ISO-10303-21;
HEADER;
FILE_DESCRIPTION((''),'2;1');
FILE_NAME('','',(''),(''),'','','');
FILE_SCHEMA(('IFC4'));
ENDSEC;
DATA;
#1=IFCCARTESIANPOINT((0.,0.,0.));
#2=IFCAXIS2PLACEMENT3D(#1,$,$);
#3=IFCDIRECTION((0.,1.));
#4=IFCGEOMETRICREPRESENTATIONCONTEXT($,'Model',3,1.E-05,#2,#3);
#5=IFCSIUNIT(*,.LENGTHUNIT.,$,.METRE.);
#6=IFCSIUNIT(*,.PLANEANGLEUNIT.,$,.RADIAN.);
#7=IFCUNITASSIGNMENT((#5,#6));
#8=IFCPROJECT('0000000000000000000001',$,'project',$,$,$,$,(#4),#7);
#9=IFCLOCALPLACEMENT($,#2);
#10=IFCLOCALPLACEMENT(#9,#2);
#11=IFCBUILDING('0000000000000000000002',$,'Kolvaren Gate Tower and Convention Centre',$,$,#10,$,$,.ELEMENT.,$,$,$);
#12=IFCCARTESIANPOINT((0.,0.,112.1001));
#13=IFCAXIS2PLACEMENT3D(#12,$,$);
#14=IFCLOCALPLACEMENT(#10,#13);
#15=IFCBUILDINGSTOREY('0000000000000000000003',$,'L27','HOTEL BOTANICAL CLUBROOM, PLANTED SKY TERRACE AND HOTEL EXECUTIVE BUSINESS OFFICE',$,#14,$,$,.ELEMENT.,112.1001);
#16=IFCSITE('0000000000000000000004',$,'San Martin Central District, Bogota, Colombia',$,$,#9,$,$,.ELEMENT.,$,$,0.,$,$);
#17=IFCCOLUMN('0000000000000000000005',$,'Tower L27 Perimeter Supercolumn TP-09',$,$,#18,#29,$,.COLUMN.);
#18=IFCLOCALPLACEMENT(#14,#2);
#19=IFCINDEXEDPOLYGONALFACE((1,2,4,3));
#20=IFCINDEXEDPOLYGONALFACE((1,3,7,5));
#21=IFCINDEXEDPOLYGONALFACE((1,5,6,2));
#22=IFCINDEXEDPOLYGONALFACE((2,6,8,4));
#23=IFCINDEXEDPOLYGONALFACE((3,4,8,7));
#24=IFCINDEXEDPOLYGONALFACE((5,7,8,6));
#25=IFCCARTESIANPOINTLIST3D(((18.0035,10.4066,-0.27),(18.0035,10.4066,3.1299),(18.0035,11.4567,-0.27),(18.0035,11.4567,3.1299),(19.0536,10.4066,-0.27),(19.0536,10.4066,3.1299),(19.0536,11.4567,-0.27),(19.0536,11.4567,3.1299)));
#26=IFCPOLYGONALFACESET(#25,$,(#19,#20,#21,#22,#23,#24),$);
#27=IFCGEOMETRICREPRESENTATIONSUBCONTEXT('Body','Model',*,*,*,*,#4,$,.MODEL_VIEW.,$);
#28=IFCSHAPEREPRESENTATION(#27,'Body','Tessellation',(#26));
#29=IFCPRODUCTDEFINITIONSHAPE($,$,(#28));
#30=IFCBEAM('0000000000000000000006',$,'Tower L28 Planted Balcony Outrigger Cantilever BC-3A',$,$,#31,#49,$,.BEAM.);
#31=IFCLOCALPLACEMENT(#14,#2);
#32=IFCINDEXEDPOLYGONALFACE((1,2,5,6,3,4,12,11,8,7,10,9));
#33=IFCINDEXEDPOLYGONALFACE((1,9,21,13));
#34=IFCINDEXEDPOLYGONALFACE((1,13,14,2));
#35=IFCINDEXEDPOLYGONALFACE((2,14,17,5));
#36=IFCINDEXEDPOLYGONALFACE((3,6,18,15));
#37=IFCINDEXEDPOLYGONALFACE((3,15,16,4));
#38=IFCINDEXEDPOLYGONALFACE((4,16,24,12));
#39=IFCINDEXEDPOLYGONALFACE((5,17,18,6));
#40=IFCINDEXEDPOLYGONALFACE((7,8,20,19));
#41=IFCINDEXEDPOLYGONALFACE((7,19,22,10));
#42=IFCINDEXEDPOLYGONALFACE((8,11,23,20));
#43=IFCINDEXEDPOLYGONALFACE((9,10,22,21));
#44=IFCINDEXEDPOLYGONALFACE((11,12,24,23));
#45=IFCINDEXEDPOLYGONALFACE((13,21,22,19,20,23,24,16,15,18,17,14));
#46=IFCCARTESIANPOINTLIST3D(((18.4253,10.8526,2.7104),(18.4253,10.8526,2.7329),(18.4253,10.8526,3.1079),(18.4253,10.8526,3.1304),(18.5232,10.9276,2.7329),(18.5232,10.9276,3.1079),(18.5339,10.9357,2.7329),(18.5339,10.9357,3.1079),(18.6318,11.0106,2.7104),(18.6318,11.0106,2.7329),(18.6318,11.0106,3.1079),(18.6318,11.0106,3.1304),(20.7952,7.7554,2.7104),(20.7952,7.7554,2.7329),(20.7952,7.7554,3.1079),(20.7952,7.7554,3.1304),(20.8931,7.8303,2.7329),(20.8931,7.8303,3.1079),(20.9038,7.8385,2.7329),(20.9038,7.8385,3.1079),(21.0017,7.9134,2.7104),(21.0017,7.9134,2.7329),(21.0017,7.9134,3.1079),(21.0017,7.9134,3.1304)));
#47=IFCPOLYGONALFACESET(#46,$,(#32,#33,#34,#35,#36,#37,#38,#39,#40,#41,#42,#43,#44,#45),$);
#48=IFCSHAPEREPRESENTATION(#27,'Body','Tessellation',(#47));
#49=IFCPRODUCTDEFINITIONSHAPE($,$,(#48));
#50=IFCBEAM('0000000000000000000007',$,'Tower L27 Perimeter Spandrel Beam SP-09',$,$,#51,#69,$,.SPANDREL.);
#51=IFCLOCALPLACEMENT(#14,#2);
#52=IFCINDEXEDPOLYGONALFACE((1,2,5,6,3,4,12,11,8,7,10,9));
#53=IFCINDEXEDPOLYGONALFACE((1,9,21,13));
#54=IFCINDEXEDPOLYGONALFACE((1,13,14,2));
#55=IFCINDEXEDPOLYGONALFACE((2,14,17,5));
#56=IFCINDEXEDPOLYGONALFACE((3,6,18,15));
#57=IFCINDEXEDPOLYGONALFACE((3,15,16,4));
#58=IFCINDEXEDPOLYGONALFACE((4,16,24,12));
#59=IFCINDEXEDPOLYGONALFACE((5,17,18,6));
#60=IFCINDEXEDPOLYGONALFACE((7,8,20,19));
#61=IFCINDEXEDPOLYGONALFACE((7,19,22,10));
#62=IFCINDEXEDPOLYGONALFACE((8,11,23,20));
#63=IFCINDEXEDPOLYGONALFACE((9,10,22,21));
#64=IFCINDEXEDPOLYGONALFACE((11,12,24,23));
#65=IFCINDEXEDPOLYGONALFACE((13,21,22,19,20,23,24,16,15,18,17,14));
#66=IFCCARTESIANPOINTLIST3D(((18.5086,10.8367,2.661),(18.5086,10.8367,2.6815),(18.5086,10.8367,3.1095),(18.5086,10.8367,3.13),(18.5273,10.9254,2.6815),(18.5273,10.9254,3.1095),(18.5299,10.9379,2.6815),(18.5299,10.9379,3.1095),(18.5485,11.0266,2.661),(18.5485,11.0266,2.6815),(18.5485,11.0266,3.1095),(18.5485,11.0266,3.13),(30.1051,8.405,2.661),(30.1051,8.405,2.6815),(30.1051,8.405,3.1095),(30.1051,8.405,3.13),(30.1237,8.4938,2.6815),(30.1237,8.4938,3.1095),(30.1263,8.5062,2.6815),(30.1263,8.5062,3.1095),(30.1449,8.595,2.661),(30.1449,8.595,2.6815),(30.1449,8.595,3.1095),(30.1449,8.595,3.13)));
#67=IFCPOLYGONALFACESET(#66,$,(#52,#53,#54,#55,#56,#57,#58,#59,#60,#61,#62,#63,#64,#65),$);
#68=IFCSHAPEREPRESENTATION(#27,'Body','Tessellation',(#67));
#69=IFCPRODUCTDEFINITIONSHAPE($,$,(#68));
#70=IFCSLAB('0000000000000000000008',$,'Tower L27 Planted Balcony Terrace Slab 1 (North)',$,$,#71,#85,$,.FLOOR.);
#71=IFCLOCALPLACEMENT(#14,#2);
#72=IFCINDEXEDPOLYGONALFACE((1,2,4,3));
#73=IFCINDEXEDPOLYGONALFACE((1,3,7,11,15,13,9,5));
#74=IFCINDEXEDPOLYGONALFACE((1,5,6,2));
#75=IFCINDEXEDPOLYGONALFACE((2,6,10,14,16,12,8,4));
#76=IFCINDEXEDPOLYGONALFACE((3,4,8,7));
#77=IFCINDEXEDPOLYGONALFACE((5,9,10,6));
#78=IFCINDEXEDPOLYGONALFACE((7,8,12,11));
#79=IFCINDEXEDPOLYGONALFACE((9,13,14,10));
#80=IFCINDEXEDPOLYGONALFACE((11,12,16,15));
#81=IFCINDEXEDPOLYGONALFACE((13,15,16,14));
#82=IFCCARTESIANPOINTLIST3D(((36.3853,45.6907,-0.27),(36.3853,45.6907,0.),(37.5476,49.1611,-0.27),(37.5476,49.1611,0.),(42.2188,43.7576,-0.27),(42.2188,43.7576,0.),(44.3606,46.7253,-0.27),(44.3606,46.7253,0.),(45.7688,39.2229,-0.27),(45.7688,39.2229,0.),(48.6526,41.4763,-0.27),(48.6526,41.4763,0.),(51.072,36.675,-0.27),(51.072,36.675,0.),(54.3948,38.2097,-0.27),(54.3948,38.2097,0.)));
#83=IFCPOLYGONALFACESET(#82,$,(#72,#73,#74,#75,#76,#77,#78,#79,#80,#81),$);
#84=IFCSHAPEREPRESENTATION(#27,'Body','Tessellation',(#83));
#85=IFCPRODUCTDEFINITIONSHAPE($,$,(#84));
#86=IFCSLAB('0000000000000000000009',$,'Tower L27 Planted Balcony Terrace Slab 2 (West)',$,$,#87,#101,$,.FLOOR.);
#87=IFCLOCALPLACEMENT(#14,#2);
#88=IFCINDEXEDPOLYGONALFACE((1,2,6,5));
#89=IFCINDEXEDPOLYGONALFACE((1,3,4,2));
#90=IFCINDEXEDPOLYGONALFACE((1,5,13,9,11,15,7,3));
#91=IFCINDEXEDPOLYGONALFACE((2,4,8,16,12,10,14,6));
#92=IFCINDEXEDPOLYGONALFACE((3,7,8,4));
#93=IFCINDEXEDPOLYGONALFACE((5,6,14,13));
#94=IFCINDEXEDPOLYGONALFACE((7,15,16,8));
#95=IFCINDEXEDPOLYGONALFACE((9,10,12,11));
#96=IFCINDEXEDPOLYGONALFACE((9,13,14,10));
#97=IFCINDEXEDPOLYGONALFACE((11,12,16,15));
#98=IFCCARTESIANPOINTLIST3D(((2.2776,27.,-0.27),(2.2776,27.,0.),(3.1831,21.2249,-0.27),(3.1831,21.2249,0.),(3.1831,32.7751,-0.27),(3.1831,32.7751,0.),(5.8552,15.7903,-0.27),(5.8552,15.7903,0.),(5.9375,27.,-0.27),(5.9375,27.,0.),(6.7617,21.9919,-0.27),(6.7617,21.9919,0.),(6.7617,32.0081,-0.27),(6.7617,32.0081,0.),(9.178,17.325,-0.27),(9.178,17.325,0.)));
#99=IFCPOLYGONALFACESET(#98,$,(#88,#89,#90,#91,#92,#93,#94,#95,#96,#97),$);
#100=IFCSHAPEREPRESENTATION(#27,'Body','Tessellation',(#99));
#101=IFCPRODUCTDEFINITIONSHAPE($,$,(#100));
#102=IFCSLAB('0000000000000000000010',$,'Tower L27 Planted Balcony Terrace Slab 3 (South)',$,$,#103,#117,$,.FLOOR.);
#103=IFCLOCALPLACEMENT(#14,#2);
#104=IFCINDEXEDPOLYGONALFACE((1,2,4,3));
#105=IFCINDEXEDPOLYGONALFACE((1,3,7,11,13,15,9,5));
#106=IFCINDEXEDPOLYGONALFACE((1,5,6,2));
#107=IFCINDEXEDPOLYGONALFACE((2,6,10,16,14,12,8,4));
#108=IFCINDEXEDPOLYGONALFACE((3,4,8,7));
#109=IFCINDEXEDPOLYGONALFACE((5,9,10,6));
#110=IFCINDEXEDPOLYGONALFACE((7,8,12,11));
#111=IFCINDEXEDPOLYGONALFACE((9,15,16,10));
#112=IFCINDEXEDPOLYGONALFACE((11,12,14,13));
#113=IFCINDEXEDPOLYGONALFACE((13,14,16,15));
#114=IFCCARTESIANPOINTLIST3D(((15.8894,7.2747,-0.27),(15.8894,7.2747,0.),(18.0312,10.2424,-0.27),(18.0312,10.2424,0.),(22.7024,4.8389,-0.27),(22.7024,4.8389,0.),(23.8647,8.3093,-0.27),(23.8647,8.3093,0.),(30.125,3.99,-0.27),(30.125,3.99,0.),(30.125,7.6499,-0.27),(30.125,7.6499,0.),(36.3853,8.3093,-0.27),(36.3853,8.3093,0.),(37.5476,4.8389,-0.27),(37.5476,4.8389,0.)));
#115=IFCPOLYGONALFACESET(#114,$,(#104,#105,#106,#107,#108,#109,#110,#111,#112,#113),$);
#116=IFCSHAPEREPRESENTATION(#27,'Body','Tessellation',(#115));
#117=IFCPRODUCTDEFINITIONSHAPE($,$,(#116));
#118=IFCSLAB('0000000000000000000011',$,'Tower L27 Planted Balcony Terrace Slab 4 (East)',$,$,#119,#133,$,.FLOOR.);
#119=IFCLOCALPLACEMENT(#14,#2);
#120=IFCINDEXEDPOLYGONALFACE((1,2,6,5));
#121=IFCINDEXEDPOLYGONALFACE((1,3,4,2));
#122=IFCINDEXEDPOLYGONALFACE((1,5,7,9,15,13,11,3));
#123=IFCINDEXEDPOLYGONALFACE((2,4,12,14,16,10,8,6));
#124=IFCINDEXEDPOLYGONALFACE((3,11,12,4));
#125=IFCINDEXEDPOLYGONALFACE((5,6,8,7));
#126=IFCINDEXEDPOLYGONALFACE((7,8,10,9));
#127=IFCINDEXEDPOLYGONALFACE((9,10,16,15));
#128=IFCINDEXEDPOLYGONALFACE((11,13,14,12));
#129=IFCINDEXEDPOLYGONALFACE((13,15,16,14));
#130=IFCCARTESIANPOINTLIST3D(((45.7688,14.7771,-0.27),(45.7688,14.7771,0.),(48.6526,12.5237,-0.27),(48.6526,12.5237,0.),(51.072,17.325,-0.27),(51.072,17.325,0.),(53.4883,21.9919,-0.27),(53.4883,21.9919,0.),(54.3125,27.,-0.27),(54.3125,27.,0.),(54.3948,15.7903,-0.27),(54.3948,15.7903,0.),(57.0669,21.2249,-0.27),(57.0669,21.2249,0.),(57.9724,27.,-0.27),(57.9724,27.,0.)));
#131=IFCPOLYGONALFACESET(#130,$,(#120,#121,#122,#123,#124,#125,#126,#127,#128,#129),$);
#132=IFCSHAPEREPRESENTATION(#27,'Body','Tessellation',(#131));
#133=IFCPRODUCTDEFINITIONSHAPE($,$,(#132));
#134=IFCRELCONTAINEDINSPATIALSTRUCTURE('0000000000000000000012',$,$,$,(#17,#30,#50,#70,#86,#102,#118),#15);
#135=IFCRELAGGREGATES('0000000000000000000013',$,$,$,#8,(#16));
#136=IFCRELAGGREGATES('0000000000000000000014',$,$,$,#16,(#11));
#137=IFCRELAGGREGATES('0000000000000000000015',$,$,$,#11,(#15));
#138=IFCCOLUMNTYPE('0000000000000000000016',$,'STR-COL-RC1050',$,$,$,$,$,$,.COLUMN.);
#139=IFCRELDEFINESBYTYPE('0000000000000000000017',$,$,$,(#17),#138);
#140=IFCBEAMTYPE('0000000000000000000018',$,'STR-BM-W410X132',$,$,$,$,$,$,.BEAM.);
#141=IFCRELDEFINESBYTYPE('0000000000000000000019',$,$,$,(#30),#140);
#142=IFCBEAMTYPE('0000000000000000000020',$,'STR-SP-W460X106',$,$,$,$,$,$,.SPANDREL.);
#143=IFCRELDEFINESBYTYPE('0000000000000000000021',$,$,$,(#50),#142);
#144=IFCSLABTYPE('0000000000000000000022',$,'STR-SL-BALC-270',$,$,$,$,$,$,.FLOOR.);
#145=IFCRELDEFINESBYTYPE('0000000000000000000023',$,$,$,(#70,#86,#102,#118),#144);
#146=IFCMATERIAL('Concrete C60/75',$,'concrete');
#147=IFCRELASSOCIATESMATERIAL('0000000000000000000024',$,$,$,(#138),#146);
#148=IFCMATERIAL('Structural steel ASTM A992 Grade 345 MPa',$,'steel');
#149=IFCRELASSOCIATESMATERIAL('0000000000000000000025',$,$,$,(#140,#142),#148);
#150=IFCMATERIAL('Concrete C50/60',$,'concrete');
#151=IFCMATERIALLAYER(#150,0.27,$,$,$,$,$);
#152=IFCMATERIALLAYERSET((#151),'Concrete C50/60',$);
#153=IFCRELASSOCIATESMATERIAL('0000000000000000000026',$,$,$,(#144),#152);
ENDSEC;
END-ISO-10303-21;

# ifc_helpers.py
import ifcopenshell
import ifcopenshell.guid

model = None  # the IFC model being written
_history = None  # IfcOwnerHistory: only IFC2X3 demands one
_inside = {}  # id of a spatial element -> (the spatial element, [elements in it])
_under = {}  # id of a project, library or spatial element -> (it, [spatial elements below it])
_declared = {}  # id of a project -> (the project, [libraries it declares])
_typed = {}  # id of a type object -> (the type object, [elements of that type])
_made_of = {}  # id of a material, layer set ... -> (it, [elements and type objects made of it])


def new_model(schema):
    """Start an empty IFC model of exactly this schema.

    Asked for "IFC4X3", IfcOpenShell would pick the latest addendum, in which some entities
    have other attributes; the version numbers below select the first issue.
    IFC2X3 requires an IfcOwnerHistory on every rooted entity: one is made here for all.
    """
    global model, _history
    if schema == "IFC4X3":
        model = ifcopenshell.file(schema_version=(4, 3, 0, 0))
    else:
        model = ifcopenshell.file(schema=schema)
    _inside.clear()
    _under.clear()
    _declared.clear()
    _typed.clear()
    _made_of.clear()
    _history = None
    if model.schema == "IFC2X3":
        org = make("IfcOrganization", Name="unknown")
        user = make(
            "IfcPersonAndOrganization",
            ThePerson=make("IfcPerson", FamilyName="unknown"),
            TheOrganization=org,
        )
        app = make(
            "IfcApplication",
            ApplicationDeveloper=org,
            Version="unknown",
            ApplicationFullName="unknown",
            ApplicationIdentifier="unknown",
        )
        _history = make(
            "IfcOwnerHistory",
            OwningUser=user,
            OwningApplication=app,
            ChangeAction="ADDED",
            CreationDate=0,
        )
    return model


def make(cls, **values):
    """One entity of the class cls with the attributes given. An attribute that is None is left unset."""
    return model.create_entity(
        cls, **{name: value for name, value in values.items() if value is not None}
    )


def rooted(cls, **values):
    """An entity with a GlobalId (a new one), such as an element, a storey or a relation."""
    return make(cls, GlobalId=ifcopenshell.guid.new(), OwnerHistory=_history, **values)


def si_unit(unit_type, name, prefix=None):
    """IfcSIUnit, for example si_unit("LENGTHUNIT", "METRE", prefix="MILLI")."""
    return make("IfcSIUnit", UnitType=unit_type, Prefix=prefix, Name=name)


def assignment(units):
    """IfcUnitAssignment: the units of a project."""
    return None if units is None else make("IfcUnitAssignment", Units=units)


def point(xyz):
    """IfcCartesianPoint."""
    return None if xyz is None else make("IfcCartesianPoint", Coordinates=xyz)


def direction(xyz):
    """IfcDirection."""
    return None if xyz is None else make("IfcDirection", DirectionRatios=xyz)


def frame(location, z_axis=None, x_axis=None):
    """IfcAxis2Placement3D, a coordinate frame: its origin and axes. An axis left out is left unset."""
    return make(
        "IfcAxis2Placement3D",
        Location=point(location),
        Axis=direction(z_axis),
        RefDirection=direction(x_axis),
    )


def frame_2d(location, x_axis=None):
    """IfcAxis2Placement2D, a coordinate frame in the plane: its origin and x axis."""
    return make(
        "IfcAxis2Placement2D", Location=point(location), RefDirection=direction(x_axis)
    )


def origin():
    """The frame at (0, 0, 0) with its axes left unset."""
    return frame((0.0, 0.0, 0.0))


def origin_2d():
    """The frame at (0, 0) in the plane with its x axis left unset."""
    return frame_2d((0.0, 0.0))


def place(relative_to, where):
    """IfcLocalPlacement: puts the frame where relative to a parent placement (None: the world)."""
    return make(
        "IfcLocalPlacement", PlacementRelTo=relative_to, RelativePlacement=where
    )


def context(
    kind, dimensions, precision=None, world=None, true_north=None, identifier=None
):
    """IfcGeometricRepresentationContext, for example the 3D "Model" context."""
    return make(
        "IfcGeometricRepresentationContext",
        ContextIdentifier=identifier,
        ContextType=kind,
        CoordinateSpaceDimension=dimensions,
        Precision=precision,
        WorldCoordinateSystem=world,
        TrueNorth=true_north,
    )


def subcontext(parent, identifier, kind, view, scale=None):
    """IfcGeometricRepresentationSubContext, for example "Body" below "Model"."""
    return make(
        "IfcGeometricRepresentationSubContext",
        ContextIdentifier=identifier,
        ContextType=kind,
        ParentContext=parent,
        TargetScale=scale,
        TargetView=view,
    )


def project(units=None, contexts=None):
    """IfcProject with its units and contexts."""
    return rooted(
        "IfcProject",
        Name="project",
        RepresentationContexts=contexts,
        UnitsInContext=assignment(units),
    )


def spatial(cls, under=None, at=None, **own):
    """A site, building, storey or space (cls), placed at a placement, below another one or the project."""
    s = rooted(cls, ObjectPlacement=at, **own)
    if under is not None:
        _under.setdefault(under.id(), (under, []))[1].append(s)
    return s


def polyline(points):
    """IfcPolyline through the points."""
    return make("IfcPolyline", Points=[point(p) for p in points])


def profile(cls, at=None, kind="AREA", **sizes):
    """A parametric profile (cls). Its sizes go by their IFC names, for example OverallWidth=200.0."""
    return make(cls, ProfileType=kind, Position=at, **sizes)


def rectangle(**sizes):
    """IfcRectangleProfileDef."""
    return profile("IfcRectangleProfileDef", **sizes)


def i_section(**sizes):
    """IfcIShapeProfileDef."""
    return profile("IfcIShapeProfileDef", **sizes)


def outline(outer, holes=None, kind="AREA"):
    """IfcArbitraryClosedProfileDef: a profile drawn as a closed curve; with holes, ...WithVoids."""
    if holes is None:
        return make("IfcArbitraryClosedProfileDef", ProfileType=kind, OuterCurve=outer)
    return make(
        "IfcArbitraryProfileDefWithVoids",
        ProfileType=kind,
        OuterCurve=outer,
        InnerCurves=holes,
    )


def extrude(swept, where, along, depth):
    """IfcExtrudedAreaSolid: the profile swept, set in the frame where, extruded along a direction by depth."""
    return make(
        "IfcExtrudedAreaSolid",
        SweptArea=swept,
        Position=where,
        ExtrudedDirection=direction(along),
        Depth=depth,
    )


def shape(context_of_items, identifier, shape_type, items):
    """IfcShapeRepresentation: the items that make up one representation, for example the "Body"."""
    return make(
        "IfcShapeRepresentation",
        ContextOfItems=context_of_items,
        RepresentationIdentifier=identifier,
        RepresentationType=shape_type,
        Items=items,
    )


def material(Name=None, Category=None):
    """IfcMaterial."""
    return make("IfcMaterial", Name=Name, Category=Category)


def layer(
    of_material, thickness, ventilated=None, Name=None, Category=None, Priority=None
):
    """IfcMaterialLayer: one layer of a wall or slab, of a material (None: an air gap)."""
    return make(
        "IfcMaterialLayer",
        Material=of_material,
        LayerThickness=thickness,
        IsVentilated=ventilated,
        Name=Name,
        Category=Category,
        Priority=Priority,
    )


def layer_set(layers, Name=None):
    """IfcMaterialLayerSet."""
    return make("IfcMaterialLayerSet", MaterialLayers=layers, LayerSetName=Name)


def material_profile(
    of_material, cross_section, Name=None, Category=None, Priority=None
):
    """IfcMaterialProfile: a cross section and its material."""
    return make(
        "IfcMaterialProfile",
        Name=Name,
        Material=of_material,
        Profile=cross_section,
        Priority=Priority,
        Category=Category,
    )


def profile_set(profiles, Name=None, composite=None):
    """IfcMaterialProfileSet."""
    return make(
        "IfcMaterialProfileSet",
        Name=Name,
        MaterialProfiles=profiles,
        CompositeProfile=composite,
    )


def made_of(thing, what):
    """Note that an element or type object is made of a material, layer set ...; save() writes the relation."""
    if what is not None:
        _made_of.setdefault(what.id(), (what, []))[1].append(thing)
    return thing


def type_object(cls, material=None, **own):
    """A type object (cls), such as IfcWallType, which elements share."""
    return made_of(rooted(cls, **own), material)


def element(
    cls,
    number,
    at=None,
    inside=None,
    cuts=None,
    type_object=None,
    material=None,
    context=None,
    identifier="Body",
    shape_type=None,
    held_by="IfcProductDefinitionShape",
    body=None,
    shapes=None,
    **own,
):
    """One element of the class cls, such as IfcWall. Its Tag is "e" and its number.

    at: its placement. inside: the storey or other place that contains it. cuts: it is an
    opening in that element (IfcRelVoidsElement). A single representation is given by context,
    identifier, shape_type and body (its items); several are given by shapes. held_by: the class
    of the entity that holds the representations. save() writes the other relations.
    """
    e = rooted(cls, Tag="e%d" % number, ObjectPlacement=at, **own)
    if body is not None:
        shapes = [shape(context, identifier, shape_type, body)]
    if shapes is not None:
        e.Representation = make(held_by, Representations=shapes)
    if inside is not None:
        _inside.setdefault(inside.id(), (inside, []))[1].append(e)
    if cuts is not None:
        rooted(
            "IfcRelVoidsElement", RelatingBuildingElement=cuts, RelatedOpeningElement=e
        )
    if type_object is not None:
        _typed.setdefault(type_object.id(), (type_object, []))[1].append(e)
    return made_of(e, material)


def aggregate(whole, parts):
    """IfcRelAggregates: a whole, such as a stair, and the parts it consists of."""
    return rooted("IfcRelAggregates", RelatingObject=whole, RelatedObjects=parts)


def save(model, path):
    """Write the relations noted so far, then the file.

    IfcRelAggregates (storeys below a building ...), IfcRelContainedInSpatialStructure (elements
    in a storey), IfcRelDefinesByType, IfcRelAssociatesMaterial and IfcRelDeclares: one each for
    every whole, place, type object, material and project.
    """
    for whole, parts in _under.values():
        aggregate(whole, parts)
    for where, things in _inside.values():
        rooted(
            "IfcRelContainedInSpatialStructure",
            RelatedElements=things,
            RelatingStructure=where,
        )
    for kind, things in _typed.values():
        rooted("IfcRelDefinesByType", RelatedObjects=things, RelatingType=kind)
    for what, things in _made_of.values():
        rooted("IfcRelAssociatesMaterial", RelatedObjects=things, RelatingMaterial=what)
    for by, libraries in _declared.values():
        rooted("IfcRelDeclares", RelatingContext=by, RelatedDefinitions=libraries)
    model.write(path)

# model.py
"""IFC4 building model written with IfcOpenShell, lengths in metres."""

from ifc_helpers import new_model, si_unit, direction, frame, origin, origin_2d, place, context, subcontext, project, spatial, polyline, rectangle, i_section, outline, extrude, material, layer, layer_set, material_profile, profile_set, type_object, element, save


model = new_model("IFC4")

# Units and contexts
model_context = context("Model", 3, precision=1e-05, world=origin(), true_north=direction((0.0, 1.0)))
body_context = subcontext(model_context, "Body", "Model", "MODEL_VIEW")
ifc_project = project(units=[si_unit("LENGTHUNIT", "METRE"), si_unit("PLANEANGLEUNIT", "RADIAN")], contexts=[model_context])

# Site, building, storey
site_placement = place(None, origin())
site = spatial("IfcSite", under=ifc_project, at=site_placement, Name="San Martin Central District, Bogota, Colombia", CompositionType="ELEMENT", RefElevation=0.0)
building_placement = place(site_placement, origin())
building = spatial("IfcBuilding", under=site, at=building_placement, Name="Kolvaren Gate Tower and Convention Centre", CompositionType="ELEMENT")
storey_placement = place(building_placement, frame((0.0, 0.0, 112.1001)))
storey = spatial("IfcBuildingStorey", under=building, at=storey_placement, Name="L27", Description="HOTEL BOTANICAL CLUBROOM, PLANTED SKY TERRACE AND HOTEL EXECUTIVE BUSINESS OFFICE", CompositionType="ELEMENT", Elevation=112.1001)

# Column
ifc_material_1 = material(Name="Concrete C60/75", Category="concrete")
ifc_material_profile_1 = material_profile(ifc_material_1, rectangle(XDim=1.05, YDim=1.05, at=origin_2d()), Name="RC-COL-1050X1050")
ifc_profile_set_1 = profile_set([ifc_material_profile_1], Name="Concrete C60/75")
column_type = type_object("IfcColumnType", Name="STR-COL-RC1050", PredefinedType="COLUMN", material=ifc_profile_set_1)
column_placement = place(storey_placement, frame((18.5286, 10.9316, -0.27), z_axis=(0.0, 0.0, 1.0), x_axis=(1.0, 0.0, 0.0)))
element("IfcColumn", 1, at=column_placement, inside=storey, type_object=column_type, Name="Tower L27 Perimeter Supercolumn TP-09", PredefinedType="COLUMN", context=body_context, shape_type="SweptSolid", body=[
    extrude(rectangle(XDim=1.05, YDim=1.05, at=origin_2d()), origin(), (0.0, 0.0, 1.0), 3.3999),
])

# Beams
ifc_material_2 = material(Name="Structural steel ASTM A992 Grade 345 MPa", Category="steel")
ifc_material_profile_2 = material_profile(ifc_material_2, i_section(OverallWidth=0.26, OverallDepth=0.4199, WebThickness=0.0134, FlangeThickness=0.0225, at=origin_2d()), Name="W410X132")
ifc_profile_set_2 = profile_set([ifc_material_profile_2], Name="Structural steel ASTM A992 Grade 345 MPa")
beam_type_1 = type_object("IfcBeamType", Name="STR-BM-W410X132", PredefinedType="BEAM", material=ifc_profile_set_2)
beam_1_placement = place(storey_placement, frame((18.5286, 10.9316, 2.9204), z_axis=(0.607685, -0.794178, 0.0), x_axis=(0.794178, 0.607685, 0.0)))
element("IfcBeam", 2, at=beam_1_placement, inside=storey, type_object=beam_type_1, Name="Tower L28 Planted Balcony Outrigger Cantilever BC-3A", PredefinedType="BEAM", context=body_context, shape_type="SweptSolid", body=[
    extrude(i_section(OverallWidth=0.26, OverallDepth=0.4199, WebThickness=0.0134, FlangeThickness=0.0225, at=origin_2d()), origin(), (0.0, 0.0, 1.0), 3.8999),
])
ifc_material_profile_3 = material_profile(ifc_material_2, i_section(OverallWidth=0.1941, OverallDepth=0.469, WebThickness=0.0127, FlangeThickness=0.0205, at=origin_2d()), Name="W460X106")
ifc_profile_set_3 = profile_set([ifc_material_profile_3], Name="Structural steel ASTM A992 Grade 345 MPa")
beam_type_2 = type_object("IfcBeamType", Name="STR-SP-W460X106", PredefinedType="SPANDREL", material=ifc_profile_set_3)
beam_2_placement = place(storey_placement, frame((18.5286, 10.9316, 2.8955), z_axis=(0.978715, -0.205225, 0.0), x_axis=(0.205225, 0.978715, 0.0)))
element("IfcBeam", 3, at=beam_2_placement, inside=storey, type_object=beam_type_2, Name="Tower L27 Perimeter Spandrel Beam SP-09", PredefinedType="SPANDREL", context=body_context, shape_type="SweptSolid", body=[
    extrude(i_section(OverallWidth=0.1941, OverallDepth=0.469, WebThickness=0.0127, FlangeThickness=0.0205, at=origin_2d()), origin(), (0.0, 0.0, 1.0), 11.8486),
])

# Slabs
ifc_material_3 = material(Name="Concrete C50/60", Category="concrete")
ifc_layer_1 = layer(ifc_material_3, 0.27)
ifc_layer_set_1 = layer_set([ifc_layer_1], Name="Concrete C50/60")
slab_type_1 = type_object("IfcSlabType", Name="STR-SL-BALC-270", PredefinedType="FLOOR", material=ifc_layer_set_1)
slab_1_placement = place(storey_placement, frame((0.0, 0.0, -0.27)))
element("IfcSlab", 4, at=slab_1_placement, inside=storey, type_object=slab_type_1, Name="Tower L27 Planted Balcony Terrace Slab 1 (North)", PredefinedType="FLOOR", context=body_context, shape_type="SweptSolid", body=[
    extrude(outline(polyline([(51.072, 36.675), (45.7688, 39.2229), (42.2188, 43.7576), (36.3853, 45.6907), (37.5476, 49.1611), (44.3606, 46.7253), (48.6526, 41.4763), (54.3948, 38.2097), (51.072, 36.675)])), origin(), (0.0, 0.0, 1.0), 0.27),
])
slab_2_placement = place(storey_placement, frame((0.0, 0.0, -0.27)))
element("IfcSlab", 5, at=slab_2_placement, inside=storey, type_object=slab_type_1, Name="Tower L27 Planted Balcony Terrace Slab 2 (West)", PredefinedType="FLOOR", context=body_context, shape_type="SweptSolid", body=[
    extrude(outline(polyline([(6.7617, 32.0081), (5.9375, 27.0), (6.7617, 21.9919), (9.178, 17.325), (5.8552, 15.7903), (3.1831, 21.2249), (2.2776, 27.0), (3.1831, 32.7751), (6.7617, 32.0081)])), origin(), (0.0, 0.0, 1.0), 0.27),
])
slab_3_placement = place(storey_placement, frame((0.0, 0.0, -0.27)))
element("IfcSlab", 6, at=slab_3_placement, inside=storey, type_object=slab_type_1, Name="Tower L27 Planted Balcony Terrace Slab 3 (South)", PredefinedType="FLOOR", context=body_context, shape_type="SweptSolid", body=[
    extrude(outline(polyline([(18.0312, 10.2424), (23.8647, 8.3093), (30.125, 7.6499), (36.3853, 8.3093), (37.5476, 4.8389), (30.125, 3.99), (22.7024, 4.8389), (15.8894, 7.2747), (18.0312, 10.2424)])), origin(), (0.0, 0.0, 1.0), 0.27),
])
slab_4_placement = place(storey_placement, frame((0.0, 0.0, -0.27)))
element("IfcSlab", 7, at=slab_4_placement, inside=storey, type_object=slab_type_1, Name="Tower L27 Planted Balcony Terrace Slab 4 (East)", PredefinedType="FLOOR", context=body_context, shape_type="SweptSolid", body=[
    extrude(outline(polyline([(45.7688, 14.7771), (51.072, 17.325), (53.4883, 21.9919), (54.3125, 27.0), (57.9724, 27.0), (57.0669, 21.2249), (54.3948, 15.7903), (48.6526, 12.5237), (45.7688, 14.7771)])), origin(), (0.0, 0.0, 1.0), 0.27),
])

save(model, "model.ifc")
